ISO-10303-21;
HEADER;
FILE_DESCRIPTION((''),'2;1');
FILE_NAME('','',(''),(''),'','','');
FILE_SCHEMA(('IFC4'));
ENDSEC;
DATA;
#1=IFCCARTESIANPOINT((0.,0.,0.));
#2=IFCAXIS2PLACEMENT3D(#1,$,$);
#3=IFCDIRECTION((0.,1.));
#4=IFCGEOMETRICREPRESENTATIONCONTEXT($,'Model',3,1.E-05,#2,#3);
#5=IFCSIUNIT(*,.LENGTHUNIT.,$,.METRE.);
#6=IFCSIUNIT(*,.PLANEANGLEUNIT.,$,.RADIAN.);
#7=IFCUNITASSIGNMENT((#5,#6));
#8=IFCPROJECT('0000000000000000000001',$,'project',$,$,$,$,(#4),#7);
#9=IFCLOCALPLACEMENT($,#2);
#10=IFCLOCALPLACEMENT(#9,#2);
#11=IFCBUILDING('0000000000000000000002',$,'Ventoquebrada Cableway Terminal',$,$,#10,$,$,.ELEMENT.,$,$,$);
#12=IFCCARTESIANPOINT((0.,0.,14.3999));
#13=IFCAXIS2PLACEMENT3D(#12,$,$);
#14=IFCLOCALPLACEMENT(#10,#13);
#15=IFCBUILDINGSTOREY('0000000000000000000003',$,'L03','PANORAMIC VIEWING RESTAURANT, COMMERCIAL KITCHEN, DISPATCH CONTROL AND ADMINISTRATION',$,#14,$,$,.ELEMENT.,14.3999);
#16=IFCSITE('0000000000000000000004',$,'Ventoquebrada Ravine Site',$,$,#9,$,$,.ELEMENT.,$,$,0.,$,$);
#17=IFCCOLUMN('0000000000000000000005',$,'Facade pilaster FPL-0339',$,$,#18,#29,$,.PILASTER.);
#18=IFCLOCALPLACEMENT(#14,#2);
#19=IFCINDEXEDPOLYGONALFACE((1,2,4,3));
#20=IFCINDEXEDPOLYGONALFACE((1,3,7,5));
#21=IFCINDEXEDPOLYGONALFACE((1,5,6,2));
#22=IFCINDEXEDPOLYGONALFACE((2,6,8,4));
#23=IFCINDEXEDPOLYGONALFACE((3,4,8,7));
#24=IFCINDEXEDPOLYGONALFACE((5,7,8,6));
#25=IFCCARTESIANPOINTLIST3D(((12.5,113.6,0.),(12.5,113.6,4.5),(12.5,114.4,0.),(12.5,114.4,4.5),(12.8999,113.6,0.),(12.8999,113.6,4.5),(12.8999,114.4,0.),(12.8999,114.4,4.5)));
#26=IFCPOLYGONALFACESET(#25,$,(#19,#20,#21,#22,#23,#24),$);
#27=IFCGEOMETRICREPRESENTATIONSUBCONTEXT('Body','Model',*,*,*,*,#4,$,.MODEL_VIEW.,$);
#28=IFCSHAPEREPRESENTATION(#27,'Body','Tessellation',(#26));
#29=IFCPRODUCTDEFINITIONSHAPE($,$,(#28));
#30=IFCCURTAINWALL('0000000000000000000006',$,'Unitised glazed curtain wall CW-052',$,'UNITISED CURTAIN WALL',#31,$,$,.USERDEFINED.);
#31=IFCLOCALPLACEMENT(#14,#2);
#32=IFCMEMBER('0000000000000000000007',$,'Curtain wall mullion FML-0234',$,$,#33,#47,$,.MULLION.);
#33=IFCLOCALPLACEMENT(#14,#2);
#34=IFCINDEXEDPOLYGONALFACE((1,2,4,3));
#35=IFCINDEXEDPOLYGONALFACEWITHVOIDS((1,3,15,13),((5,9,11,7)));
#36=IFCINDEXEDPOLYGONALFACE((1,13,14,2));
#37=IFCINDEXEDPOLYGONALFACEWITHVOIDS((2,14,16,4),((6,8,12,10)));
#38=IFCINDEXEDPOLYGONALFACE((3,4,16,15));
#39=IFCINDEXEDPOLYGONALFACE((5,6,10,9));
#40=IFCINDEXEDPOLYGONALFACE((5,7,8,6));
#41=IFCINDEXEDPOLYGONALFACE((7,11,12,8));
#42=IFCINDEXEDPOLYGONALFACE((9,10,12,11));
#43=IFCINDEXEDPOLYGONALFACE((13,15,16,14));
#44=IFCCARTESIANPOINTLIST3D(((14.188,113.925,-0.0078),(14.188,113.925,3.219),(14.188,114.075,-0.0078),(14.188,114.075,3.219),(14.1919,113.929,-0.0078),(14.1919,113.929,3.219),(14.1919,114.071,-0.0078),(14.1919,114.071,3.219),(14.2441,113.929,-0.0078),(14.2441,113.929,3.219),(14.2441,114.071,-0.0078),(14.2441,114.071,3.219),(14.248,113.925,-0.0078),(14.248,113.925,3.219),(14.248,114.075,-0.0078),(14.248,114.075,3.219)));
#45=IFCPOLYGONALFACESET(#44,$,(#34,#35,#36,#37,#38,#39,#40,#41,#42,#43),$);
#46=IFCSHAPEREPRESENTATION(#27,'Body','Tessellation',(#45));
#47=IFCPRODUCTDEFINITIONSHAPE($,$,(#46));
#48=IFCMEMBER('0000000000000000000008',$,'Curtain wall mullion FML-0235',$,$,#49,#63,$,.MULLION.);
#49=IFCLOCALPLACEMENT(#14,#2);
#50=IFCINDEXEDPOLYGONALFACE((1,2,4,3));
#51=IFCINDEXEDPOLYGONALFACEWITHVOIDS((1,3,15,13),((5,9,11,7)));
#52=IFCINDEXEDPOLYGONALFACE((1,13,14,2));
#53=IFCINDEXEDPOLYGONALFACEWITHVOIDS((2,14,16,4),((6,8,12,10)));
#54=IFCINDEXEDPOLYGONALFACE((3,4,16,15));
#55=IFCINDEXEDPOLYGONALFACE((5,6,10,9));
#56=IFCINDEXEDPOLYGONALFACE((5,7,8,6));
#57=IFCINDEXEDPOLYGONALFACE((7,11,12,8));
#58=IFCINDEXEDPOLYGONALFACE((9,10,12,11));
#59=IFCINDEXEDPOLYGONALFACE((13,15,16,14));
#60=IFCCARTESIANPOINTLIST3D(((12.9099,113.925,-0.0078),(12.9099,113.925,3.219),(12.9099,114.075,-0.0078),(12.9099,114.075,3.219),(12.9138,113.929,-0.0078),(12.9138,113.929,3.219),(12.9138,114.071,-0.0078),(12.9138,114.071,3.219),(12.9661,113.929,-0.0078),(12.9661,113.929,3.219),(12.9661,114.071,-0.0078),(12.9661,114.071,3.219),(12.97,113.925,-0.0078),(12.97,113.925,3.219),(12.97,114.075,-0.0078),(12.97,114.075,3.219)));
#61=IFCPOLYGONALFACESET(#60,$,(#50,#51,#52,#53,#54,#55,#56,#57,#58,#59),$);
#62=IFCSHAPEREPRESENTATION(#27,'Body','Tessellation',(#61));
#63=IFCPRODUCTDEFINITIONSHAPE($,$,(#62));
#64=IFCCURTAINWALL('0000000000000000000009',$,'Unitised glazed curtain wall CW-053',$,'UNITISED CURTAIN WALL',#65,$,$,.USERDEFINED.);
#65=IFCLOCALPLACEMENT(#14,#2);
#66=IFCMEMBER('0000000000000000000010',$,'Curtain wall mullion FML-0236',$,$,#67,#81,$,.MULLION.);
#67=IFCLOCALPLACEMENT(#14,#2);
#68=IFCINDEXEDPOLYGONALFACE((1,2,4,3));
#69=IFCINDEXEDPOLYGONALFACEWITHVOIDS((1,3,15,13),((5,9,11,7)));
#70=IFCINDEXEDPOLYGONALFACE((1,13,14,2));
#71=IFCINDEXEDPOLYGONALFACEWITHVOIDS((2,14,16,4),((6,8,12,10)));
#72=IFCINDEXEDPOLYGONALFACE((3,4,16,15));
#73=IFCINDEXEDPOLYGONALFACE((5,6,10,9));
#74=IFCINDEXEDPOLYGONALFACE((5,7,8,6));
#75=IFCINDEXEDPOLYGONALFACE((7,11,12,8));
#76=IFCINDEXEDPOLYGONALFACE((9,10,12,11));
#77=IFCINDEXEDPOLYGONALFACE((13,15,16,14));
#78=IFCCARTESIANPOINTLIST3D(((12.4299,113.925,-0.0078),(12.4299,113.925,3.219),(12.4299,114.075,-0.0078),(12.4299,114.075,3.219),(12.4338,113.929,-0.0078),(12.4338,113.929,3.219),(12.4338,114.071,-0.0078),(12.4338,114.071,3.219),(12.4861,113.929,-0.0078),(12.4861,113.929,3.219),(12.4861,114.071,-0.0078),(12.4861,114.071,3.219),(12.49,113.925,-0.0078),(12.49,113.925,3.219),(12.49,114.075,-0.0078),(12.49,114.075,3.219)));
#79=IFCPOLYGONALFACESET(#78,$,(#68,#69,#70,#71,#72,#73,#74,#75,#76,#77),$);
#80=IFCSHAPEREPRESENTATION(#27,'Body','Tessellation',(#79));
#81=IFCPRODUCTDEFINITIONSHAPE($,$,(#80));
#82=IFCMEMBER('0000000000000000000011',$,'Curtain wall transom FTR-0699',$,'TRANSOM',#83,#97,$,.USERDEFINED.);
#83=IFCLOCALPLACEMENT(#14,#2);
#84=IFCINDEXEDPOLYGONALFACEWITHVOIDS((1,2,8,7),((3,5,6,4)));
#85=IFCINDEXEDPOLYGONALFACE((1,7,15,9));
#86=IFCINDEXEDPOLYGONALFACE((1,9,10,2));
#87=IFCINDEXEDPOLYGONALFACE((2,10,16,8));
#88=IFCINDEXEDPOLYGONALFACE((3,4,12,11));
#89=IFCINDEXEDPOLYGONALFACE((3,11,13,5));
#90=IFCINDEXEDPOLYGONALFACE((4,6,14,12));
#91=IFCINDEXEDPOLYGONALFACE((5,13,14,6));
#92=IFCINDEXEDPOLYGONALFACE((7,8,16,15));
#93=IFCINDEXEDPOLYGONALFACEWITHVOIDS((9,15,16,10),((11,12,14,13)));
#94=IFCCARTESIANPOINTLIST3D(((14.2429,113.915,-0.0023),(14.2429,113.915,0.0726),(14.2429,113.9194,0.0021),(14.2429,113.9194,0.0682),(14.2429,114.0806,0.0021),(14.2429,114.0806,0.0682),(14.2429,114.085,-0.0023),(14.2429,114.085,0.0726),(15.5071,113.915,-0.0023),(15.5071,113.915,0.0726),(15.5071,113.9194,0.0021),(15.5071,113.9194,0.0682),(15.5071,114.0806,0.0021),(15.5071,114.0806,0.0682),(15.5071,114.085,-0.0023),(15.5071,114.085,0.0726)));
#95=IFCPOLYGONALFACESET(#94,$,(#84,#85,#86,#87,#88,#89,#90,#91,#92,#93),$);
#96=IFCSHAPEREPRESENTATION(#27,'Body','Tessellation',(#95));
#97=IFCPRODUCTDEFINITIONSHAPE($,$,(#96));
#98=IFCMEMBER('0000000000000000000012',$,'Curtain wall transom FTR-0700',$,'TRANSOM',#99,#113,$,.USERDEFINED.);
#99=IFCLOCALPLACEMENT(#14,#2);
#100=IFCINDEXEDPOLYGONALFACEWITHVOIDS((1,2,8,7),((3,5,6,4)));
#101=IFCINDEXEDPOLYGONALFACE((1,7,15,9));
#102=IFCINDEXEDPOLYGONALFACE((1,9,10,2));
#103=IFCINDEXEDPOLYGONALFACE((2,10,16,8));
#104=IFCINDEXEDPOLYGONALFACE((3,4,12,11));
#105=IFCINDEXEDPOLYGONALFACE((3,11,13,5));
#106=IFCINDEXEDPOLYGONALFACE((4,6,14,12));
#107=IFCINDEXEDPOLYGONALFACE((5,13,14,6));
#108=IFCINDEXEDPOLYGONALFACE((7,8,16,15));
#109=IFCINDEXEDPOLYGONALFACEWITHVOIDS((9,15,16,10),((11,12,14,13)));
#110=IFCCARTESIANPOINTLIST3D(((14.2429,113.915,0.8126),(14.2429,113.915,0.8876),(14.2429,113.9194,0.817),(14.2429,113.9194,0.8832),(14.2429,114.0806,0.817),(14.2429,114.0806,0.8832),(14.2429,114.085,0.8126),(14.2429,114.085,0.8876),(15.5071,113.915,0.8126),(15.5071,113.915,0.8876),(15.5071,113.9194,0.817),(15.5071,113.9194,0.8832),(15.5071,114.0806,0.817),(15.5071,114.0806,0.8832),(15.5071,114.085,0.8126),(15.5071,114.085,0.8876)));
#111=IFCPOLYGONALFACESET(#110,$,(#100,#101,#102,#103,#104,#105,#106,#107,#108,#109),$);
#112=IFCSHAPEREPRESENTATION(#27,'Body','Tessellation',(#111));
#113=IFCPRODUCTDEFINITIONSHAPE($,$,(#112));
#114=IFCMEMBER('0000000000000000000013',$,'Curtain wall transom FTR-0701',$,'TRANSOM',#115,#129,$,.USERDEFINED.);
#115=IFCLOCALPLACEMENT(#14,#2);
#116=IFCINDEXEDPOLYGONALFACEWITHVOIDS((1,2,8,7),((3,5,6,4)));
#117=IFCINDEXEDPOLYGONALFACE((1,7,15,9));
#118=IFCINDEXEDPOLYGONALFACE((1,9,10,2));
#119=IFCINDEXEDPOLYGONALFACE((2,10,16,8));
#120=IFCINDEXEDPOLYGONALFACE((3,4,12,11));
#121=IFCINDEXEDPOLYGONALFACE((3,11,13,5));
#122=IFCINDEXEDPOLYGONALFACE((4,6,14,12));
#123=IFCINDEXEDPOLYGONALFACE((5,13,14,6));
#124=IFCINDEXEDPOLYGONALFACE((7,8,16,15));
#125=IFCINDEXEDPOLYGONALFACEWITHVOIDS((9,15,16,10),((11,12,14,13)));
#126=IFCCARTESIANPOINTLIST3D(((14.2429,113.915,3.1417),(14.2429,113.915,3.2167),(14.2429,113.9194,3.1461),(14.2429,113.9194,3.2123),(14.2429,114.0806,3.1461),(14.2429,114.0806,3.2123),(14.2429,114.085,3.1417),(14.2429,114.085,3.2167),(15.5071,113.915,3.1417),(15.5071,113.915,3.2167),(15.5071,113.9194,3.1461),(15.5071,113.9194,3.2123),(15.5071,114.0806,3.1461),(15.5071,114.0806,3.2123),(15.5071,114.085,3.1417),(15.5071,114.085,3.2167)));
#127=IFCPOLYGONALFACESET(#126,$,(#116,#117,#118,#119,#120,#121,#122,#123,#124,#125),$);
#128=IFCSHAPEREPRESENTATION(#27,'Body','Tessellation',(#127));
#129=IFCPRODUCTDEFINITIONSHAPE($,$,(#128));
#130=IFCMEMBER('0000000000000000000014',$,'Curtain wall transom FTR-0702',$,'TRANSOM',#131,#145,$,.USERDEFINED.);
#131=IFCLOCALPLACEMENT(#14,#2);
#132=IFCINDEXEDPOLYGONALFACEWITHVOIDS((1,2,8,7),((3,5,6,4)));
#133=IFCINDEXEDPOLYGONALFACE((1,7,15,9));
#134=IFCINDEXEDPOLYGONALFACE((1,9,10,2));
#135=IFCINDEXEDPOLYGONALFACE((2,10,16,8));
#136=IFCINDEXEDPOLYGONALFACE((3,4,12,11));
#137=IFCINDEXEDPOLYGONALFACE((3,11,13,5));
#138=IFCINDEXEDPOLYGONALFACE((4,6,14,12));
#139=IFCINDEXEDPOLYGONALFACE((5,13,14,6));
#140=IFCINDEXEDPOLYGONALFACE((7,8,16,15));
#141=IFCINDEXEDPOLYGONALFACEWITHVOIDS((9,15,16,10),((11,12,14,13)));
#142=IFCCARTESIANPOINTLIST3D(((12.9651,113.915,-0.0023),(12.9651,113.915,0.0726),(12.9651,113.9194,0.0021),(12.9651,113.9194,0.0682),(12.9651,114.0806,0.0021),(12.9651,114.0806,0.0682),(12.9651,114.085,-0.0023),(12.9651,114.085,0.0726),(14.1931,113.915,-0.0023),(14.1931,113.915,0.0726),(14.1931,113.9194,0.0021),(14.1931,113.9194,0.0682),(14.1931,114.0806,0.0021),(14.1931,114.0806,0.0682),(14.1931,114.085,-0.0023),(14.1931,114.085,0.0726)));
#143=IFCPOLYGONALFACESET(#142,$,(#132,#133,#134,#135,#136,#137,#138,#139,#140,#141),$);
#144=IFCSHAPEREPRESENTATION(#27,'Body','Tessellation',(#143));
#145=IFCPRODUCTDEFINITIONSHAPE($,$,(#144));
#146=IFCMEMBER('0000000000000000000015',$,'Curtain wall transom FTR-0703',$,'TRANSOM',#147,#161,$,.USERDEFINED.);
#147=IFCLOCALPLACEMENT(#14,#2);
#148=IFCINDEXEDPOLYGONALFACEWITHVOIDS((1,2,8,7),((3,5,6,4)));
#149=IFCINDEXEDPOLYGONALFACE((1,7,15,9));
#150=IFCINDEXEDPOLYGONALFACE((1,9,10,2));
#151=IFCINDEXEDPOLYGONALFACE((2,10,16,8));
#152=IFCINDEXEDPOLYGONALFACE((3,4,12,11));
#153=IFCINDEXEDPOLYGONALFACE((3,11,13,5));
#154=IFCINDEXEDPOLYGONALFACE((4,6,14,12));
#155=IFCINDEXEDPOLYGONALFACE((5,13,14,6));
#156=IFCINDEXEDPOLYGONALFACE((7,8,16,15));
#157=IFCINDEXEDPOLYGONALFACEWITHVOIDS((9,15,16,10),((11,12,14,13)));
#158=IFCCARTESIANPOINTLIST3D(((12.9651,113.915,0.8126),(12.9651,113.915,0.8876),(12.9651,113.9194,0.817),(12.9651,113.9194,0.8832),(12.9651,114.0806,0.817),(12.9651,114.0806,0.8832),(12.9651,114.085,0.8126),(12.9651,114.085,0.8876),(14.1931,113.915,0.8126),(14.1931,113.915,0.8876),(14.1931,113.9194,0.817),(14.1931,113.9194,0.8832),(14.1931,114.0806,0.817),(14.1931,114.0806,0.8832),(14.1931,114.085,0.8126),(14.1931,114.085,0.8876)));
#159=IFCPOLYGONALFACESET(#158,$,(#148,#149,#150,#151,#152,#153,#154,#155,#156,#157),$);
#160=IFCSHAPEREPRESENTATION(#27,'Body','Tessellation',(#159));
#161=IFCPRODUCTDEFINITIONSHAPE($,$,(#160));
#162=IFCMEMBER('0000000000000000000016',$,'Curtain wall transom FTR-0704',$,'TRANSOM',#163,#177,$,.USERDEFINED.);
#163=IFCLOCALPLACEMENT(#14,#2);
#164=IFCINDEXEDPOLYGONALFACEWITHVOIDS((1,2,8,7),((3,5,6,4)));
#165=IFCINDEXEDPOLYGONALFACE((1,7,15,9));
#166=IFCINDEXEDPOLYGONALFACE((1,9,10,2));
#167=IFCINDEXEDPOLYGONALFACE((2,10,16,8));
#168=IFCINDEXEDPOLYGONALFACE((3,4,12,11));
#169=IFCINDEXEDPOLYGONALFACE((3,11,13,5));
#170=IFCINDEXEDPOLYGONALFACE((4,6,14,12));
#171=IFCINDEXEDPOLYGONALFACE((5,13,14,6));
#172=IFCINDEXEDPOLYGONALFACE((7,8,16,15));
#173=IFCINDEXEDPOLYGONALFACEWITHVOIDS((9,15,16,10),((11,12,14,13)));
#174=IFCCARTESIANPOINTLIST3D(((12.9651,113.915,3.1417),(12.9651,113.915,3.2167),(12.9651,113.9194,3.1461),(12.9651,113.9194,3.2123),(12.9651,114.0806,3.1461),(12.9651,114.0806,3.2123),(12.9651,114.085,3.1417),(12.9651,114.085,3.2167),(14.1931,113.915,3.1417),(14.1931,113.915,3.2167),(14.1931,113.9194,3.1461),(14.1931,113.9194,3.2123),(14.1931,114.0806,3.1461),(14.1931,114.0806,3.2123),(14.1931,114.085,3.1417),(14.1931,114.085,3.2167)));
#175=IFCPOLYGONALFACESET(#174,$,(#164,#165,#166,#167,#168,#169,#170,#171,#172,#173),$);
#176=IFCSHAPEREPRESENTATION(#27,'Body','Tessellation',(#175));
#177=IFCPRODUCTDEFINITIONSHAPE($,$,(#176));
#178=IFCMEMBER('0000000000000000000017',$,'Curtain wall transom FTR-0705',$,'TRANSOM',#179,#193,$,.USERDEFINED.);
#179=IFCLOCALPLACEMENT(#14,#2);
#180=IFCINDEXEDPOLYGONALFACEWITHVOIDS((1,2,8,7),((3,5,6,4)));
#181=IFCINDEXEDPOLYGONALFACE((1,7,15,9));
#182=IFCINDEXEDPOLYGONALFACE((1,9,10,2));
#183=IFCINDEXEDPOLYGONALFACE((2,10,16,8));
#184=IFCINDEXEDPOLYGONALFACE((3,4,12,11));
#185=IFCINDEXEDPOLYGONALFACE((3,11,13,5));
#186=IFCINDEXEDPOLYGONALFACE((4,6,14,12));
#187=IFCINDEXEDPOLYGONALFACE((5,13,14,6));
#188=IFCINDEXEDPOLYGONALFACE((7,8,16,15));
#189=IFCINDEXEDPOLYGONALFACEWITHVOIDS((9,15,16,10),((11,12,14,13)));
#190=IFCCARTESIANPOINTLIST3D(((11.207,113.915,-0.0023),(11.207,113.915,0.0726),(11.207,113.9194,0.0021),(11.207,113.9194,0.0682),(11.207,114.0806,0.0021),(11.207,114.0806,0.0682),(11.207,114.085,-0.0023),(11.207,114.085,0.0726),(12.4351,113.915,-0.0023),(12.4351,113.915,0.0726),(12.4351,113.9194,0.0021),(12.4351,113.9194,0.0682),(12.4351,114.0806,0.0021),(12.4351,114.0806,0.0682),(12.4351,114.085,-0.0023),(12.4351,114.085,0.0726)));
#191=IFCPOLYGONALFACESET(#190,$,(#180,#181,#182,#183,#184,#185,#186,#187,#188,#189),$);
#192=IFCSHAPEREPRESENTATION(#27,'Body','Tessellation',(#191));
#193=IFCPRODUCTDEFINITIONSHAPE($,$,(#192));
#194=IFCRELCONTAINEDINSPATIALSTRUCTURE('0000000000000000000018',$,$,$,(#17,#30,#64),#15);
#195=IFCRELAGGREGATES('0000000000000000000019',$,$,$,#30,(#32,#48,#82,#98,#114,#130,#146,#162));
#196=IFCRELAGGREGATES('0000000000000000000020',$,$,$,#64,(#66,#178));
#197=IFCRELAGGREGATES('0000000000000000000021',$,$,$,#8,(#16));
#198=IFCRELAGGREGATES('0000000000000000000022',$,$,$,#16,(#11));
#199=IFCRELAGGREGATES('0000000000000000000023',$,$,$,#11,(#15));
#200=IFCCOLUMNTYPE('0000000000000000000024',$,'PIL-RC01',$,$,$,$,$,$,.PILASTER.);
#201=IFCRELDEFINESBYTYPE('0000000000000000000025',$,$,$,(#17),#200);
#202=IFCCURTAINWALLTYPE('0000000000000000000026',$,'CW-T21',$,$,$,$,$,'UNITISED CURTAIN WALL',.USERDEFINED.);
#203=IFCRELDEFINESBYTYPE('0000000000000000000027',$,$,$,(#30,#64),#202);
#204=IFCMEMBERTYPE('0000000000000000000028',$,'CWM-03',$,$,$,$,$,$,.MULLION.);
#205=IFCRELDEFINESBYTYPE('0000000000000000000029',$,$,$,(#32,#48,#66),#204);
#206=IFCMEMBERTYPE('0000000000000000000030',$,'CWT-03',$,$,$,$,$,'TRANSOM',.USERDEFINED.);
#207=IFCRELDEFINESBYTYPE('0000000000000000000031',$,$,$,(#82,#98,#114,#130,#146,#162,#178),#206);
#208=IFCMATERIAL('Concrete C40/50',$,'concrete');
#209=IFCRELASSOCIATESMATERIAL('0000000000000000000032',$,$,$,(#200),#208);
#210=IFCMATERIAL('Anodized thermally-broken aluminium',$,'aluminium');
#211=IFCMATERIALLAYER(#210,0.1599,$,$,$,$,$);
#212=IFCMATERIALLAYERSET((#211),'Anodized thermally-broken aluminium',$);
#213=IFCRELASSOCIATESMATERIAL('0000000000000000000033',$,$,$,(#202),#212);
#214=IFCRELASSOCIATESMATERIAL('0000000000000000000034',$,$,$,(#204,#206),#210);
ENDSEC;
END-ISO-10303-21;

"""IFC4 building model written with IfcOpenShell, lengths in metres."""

from ifc_helpers import new_model, si_unit, direction, frame, origin, origin_2d, place, context, subcontext, project, spatial, rectangle, hollow_rectangle, extrude, material, layer, layer_set, material_profile, profile_set, type_object, element, aggregate, save


model = new_model("IFC4")

# Units and contexts
model_context = context("Model", 3, precision=1e-05, world=origin(), true_north=direction((0.0, 1.0)))
body_context = subcontext(model_context, "Body", "Model", "MODEL_VIEW")
ifc_project = project(units=[si_unit("LENGTHUNIT", "METRE"), si_unit("PLANEANGLEUNIT", "RADIAN")], contexts=[model_context])

# Site, building, storey
site_placement = place(None, origin())
site = spatial("IfcSite", under=ifc_project, at=site_placement, Name="Ventoquebrada Ravine Site", CompositionType="ELEMENT", RefElevation=0.0)
building_placement = place(site_placement, origin())
building = spatial("IfcBuilding", under=site, at=building_placement, Name="Ventoquebrada Cableway Terminal", CompositionType="ELEMENT")
storey_placement = place(building_placement, frame((0.0, 0.0, 14.3999)))
storey = spatial("IfcBuildingStorey", under=building, at=storey_placement, Name="L03", Description="PANORAMIC VIEWING RESTAURANT, COMMERCIAL KITCHEN, DISPATCH CONTROL AND ADMINISTRATION", CompositionType="ELEMENT", Elevation=14.3999)

# Column
ifc_material_1 = material(Name="Concrete C40/50", Category="concrete")
ifc_material_profile_1 = material_profile(ifc_material_1, rectangle(XDim=0.3999, YDim=0.8, at=origin_2d()), Name="RC-PIL-400X800")
ifc_profile_set_1 = profile_set([ifc_material_profile_1], Name="Concrete C40/50")
column_type = type_object("IfcColumnType", Name="PIL-RC01", PredefinedType="PILASTER", material=ifc_profile_set_1)
column_placement = place(storey_placement, frame((12.7, 114.0, 0.0), z_axis=(0.0, 0.0, 1.0), x_axis=(1.0, 0.0, 0.0)))
element("IfcColumn", 1, at=column_placement, inside=storey, type_object=column_type, Name="Facade pilaster FPL-0339", PredefinedType="PILASTER", context=body_context, shape_type="SweptSolid", body=[
    extrude(rectangle(XDim=0.3999, YDim=0.8, at=origin_2d()), origin(), (0.0, 0.0, 1.0), 4.5),
])

# Curtain wall, members
ifc_material_2 = material(Name="Anodized thermally-broken aluminium", Category="aluminium")
ifc_layer_1 = layer(ifc_material_2, 0.1599)
ifc_layer_set_1 = layer_set([ifc_layer_1], Name="Anodized thermally-broken aluminium")
curtain_wall_type = type_object("IfcCurtainWallType", Name="CW-T21", ElementType="UNITISED CURTAIN WALL", PredefinedType="USERDEFINED", material=ifc_layer_set_1)
curtain_wall_1_placement = place(storey_placement, origin())
curtain_wall_1 = element("IfcCurtainWall", 2, at=curtain_wall_1_placement, inside=storey, type_object=curtain_wall_type, Name="Unitised glazed curtain wall CW-052", ObjectType="UNITISED CURTAIN WALL", PredefinedType="USERDEFINED")
ifc_material_profile_2 = material_profile(ifc_material_2, hollow_rectangle(XDim=0.0601, YDim=0.1499, WallThickness=0.0039, at=origin_2d()), Name="CW-MUL-60X150")
ifc_profile_set_2 = profile_set([ifc_material_profile_2], Name="Anodized thermally-broken aluminium")
member_type_1 = type_object("IfcMemberType", Name="CWM-03", PredefinedType="MULLION", material=ifc_profile_set_2)
member_1_placement = place(storey_placement, frame((14.218, 114.0, -0.0078), z_axis=(0.0, 0.0, 1.0), x_axis=(-1.0, 0.0, 0.0)))
member_1 = element("IfcMember", 3, at=member_1_placement, type_object=member_type_1, Name="Curtain wall mullion FML-0234", PredefinedType="MULLION", context=body_context, shape_type="SweptSolid", body=[
    extrude(hollow_rectangle(XDim=0.0601, YDim=0.1499, WallThickness=0.0039, at=origin_2d()), origin(), (0.0, 0.0, 1.0), 3.2268),
])
member_2_placement = place(storey_placement, frame((12.9399, 114.0, -0.0078), z_axis=(0.0, 0.0, 1.0), x_axis=(-1.0, 0.0, 0.0)))
member_2 = element("IfcMember", 4, at=member_2_placement, type_object=member_type_1, Name="Curtain wall mullion FML-0235", PredefinedType="MULLION", context=body_context, shape_type="SweptSolid", body=[
    extrude(hollow_rectangle(XDim=0.0601, YDim=0.1499, WallThickness=0.0039, at=origin_2d()), origin(), (0.0, 0.0, 1.0), 3.2268),
])

# Curtain wall, member
curtain_wall_2_placement = place(storey_placement, origin())
curtain_wall_2 = element("IfcCurtainWall", 5, at=curtain_wall_2_placement, inside=storey, type_object=curtain_wall_type, Name="Unitised glazed curtain wall CW-053", ObjectType="UNITISED CURTAIN WALL", PredefinedType="USERDEFINED")
member_3_placement = place(storey_placement, frame((12.46, 114.0, -0.0078), z_axis=(0.0, 0.0, 1.0), x_axis=(-1.0, 0.0, 0.0)))
member_3 = element("IfcMember", 6, at=member_3_placement, type_object=member_type_1, Name="Curtain wall mullion FML-0236", PredefinedType="MULLION", context=body_context, shape_type="SweptSolid", body=[
    extrude(hollow_rectangle(XDim=0.0601, YDim=0.1499, WallThickness=0.0039, at=origin_2d()), origin(), (0.0, 0.0, 1.0), 3.2268),
])

# Members
ifc_material_profile_3 = material_profile(ifc_material_2, hollow_rectangle(XDim=0.075, YDim=0.1699, WallThickness=0.0044, at=origin_2d()), Name="CW-TRN-75X170")
ifc_profile_set_3 = profile_set([ifc_material_profile_3], Name="Anodized thermally-broken aluminium")
member_type_2 = type_object("IfcMemberType", Name="CWT-03", ElementType="TRANSOM", PredefinedType="USERDEFINED", material=ifc_profile_set_3)
member_4_placement = place(storey_placement, frame((15.5071, 114.0, 0.0352), z_axis=(-1.0, 0.0, 0.0), x_axis=(0.0, 0.0, 1.0)))
member_4 = element("IfcMember", 7, at=member_4_placement, type_object=member_type_2, Name="Curtain wall transom FTR-0699", ObjectType="TRANSOM", PredefinedType="USERDEFINED", context=body_context, shape_type="SweptSolid", body=[
    extrude(hollow_rectangle(XDim=0.075, YDim=0.1699, WallThickness=0.0044, at=origin_2d()), origin(), (0.0, 0.0, 1.0), 1.2642),
])
member_5_placement = place(storey_placement, frame((15.5071, 114.0, 0.8501), z_axis=(-1.0, 0.0, 0.0), x_axis=(0.0, 0.0, 1.0)))
member_5 = element("IfcMember", 8, at=member_5_placement, type_object=member_type_2, Name="Curtain wall transom FTR-0700", ObjectType="TRANSOM", PredefinedType="USERDEFINED", context=body_context, shape_type="SweptSolid", body=[
    extrude(hollow_rectangle(XDim=0.075, YDim=0.1699, WallThickness=0.0044, at=origin_2d()), origin(), (0.0, 0.0, 1.0), 1.2642),
])
member_6_placement = place(storey_placement, frame((15.5071, 114.0, 3.1792), z_axis=(-1.0, 0.0, 0.0), x_axis=(0.0, 0.0, 1.0)))
member_6 = element("IfcMember", 9, at=member_6_placement, type_object=member_type_2, Name="Curtain wall transom FTR-0701", ObjectType="TRANSOM", PredefinedType="USERDEFINED", context=body_context, shape_type="SweptSolid", body=[
    extrude(hollow_rectangle(XDim=0.075, YDim=0.1699, WallThickness=0.0044, at=origin_2d()), origin(), (0.0, 0.0, 1.0), 1.2642),
])
member_7_placement = place(storey_placement, frame((14.1931, 114.0, 0.0352), z_axis=(-1.0, 0.0, 0.0), x_axis=(0.0, 0.0, 1.0)))
member_7 = element("IfcMember", 10, at=member_7_placement, type_object=member_type_2, Name="Curtain wall transom FTR-0702", ObjectType="TRANSOM", PredefinedType="USERDEFINED", context=body_context, shape_type="SweptSolid", body=[
    extrude(hollow_rectangle(XDim=0.075, YDim=0.1699, WallThickness=0.0044, at=origin_2d()), origin(), (0.0, 0.0, 1.0), 1.228),
])
member_8_placement = place(storey_placement, frame((14.1931, 114.0, 0.8501), z_axis=(-1.0, 0.0, 0.0), x_axis=(0.0, 0.0, 1.0)))
member_8 = element("IfcMember", 11, at=member_8_placement, type_object=member_type_2, Name="Curtain wall transom FTR-0703", ObjectType="TRANSOM", PredefinedType="USERDEFINED", context=body_context, shape_type="SweptSolid", body=[
    extrude(hollow_rectangle(XDim=0.075, YDim=0.1699, WallThickness=0.0044, at=origin_2d()), origin(), (0.0, 0.0, 1.0), 1.228),
])
member_9_placement = place(storey_placement, frame((14.1931, 114.0, 3.1792), z_axis=(-1.0, 0.0, 0.0), x_axis=(0.0, 0.0, 1.0)))
member_9 = element("IfcMember", 12, at=member_9_placement, type_object=member_type_2, Name="Curtain wall transom FTR-0704", ObjectType="TRANSOM", PredefinedType="USERDEFINED", context=body_context, shape_type="SweptSolid", body=[
    extrude(hollow_rectangle(XDim=0.075, YDim=0.1699, WallThickness=0.0044, at=origin_2d()), origin(), (0.0, 0.0, 1.0), 1.228),
])
member_10_placement = place(storey_placement, frame((12.4351, 114.0, 0.0352), z_axis=(-1.0, 0.0, 0.0), x_axis=(0.0, 0.0, 1.0)))
member_10 = element("IfcMember", 13, at=member_10_placement, type_object=member_type_2, Name="Curtain wall transom FTR-0705", ObjectType="TRANSOM", PredefinedType="USERDEFINED", context=body_context, shape_type="SweptSolid", body=[
    extrude(hollow_rectangle(XDim=0.075, YDim=0.1699, WallThickness=0.0044, at=origin_2d()), origin(), (0.0, 0.0, 1.0), 1.228),
])

aggregate(curtain_wall_1, [member_1, member_2, member_4, member_5, member_6, member_7, member_8, member_9])
aggregate(curtain_wall_2, [member_3, member_10])

save(model, "model.ifc")
